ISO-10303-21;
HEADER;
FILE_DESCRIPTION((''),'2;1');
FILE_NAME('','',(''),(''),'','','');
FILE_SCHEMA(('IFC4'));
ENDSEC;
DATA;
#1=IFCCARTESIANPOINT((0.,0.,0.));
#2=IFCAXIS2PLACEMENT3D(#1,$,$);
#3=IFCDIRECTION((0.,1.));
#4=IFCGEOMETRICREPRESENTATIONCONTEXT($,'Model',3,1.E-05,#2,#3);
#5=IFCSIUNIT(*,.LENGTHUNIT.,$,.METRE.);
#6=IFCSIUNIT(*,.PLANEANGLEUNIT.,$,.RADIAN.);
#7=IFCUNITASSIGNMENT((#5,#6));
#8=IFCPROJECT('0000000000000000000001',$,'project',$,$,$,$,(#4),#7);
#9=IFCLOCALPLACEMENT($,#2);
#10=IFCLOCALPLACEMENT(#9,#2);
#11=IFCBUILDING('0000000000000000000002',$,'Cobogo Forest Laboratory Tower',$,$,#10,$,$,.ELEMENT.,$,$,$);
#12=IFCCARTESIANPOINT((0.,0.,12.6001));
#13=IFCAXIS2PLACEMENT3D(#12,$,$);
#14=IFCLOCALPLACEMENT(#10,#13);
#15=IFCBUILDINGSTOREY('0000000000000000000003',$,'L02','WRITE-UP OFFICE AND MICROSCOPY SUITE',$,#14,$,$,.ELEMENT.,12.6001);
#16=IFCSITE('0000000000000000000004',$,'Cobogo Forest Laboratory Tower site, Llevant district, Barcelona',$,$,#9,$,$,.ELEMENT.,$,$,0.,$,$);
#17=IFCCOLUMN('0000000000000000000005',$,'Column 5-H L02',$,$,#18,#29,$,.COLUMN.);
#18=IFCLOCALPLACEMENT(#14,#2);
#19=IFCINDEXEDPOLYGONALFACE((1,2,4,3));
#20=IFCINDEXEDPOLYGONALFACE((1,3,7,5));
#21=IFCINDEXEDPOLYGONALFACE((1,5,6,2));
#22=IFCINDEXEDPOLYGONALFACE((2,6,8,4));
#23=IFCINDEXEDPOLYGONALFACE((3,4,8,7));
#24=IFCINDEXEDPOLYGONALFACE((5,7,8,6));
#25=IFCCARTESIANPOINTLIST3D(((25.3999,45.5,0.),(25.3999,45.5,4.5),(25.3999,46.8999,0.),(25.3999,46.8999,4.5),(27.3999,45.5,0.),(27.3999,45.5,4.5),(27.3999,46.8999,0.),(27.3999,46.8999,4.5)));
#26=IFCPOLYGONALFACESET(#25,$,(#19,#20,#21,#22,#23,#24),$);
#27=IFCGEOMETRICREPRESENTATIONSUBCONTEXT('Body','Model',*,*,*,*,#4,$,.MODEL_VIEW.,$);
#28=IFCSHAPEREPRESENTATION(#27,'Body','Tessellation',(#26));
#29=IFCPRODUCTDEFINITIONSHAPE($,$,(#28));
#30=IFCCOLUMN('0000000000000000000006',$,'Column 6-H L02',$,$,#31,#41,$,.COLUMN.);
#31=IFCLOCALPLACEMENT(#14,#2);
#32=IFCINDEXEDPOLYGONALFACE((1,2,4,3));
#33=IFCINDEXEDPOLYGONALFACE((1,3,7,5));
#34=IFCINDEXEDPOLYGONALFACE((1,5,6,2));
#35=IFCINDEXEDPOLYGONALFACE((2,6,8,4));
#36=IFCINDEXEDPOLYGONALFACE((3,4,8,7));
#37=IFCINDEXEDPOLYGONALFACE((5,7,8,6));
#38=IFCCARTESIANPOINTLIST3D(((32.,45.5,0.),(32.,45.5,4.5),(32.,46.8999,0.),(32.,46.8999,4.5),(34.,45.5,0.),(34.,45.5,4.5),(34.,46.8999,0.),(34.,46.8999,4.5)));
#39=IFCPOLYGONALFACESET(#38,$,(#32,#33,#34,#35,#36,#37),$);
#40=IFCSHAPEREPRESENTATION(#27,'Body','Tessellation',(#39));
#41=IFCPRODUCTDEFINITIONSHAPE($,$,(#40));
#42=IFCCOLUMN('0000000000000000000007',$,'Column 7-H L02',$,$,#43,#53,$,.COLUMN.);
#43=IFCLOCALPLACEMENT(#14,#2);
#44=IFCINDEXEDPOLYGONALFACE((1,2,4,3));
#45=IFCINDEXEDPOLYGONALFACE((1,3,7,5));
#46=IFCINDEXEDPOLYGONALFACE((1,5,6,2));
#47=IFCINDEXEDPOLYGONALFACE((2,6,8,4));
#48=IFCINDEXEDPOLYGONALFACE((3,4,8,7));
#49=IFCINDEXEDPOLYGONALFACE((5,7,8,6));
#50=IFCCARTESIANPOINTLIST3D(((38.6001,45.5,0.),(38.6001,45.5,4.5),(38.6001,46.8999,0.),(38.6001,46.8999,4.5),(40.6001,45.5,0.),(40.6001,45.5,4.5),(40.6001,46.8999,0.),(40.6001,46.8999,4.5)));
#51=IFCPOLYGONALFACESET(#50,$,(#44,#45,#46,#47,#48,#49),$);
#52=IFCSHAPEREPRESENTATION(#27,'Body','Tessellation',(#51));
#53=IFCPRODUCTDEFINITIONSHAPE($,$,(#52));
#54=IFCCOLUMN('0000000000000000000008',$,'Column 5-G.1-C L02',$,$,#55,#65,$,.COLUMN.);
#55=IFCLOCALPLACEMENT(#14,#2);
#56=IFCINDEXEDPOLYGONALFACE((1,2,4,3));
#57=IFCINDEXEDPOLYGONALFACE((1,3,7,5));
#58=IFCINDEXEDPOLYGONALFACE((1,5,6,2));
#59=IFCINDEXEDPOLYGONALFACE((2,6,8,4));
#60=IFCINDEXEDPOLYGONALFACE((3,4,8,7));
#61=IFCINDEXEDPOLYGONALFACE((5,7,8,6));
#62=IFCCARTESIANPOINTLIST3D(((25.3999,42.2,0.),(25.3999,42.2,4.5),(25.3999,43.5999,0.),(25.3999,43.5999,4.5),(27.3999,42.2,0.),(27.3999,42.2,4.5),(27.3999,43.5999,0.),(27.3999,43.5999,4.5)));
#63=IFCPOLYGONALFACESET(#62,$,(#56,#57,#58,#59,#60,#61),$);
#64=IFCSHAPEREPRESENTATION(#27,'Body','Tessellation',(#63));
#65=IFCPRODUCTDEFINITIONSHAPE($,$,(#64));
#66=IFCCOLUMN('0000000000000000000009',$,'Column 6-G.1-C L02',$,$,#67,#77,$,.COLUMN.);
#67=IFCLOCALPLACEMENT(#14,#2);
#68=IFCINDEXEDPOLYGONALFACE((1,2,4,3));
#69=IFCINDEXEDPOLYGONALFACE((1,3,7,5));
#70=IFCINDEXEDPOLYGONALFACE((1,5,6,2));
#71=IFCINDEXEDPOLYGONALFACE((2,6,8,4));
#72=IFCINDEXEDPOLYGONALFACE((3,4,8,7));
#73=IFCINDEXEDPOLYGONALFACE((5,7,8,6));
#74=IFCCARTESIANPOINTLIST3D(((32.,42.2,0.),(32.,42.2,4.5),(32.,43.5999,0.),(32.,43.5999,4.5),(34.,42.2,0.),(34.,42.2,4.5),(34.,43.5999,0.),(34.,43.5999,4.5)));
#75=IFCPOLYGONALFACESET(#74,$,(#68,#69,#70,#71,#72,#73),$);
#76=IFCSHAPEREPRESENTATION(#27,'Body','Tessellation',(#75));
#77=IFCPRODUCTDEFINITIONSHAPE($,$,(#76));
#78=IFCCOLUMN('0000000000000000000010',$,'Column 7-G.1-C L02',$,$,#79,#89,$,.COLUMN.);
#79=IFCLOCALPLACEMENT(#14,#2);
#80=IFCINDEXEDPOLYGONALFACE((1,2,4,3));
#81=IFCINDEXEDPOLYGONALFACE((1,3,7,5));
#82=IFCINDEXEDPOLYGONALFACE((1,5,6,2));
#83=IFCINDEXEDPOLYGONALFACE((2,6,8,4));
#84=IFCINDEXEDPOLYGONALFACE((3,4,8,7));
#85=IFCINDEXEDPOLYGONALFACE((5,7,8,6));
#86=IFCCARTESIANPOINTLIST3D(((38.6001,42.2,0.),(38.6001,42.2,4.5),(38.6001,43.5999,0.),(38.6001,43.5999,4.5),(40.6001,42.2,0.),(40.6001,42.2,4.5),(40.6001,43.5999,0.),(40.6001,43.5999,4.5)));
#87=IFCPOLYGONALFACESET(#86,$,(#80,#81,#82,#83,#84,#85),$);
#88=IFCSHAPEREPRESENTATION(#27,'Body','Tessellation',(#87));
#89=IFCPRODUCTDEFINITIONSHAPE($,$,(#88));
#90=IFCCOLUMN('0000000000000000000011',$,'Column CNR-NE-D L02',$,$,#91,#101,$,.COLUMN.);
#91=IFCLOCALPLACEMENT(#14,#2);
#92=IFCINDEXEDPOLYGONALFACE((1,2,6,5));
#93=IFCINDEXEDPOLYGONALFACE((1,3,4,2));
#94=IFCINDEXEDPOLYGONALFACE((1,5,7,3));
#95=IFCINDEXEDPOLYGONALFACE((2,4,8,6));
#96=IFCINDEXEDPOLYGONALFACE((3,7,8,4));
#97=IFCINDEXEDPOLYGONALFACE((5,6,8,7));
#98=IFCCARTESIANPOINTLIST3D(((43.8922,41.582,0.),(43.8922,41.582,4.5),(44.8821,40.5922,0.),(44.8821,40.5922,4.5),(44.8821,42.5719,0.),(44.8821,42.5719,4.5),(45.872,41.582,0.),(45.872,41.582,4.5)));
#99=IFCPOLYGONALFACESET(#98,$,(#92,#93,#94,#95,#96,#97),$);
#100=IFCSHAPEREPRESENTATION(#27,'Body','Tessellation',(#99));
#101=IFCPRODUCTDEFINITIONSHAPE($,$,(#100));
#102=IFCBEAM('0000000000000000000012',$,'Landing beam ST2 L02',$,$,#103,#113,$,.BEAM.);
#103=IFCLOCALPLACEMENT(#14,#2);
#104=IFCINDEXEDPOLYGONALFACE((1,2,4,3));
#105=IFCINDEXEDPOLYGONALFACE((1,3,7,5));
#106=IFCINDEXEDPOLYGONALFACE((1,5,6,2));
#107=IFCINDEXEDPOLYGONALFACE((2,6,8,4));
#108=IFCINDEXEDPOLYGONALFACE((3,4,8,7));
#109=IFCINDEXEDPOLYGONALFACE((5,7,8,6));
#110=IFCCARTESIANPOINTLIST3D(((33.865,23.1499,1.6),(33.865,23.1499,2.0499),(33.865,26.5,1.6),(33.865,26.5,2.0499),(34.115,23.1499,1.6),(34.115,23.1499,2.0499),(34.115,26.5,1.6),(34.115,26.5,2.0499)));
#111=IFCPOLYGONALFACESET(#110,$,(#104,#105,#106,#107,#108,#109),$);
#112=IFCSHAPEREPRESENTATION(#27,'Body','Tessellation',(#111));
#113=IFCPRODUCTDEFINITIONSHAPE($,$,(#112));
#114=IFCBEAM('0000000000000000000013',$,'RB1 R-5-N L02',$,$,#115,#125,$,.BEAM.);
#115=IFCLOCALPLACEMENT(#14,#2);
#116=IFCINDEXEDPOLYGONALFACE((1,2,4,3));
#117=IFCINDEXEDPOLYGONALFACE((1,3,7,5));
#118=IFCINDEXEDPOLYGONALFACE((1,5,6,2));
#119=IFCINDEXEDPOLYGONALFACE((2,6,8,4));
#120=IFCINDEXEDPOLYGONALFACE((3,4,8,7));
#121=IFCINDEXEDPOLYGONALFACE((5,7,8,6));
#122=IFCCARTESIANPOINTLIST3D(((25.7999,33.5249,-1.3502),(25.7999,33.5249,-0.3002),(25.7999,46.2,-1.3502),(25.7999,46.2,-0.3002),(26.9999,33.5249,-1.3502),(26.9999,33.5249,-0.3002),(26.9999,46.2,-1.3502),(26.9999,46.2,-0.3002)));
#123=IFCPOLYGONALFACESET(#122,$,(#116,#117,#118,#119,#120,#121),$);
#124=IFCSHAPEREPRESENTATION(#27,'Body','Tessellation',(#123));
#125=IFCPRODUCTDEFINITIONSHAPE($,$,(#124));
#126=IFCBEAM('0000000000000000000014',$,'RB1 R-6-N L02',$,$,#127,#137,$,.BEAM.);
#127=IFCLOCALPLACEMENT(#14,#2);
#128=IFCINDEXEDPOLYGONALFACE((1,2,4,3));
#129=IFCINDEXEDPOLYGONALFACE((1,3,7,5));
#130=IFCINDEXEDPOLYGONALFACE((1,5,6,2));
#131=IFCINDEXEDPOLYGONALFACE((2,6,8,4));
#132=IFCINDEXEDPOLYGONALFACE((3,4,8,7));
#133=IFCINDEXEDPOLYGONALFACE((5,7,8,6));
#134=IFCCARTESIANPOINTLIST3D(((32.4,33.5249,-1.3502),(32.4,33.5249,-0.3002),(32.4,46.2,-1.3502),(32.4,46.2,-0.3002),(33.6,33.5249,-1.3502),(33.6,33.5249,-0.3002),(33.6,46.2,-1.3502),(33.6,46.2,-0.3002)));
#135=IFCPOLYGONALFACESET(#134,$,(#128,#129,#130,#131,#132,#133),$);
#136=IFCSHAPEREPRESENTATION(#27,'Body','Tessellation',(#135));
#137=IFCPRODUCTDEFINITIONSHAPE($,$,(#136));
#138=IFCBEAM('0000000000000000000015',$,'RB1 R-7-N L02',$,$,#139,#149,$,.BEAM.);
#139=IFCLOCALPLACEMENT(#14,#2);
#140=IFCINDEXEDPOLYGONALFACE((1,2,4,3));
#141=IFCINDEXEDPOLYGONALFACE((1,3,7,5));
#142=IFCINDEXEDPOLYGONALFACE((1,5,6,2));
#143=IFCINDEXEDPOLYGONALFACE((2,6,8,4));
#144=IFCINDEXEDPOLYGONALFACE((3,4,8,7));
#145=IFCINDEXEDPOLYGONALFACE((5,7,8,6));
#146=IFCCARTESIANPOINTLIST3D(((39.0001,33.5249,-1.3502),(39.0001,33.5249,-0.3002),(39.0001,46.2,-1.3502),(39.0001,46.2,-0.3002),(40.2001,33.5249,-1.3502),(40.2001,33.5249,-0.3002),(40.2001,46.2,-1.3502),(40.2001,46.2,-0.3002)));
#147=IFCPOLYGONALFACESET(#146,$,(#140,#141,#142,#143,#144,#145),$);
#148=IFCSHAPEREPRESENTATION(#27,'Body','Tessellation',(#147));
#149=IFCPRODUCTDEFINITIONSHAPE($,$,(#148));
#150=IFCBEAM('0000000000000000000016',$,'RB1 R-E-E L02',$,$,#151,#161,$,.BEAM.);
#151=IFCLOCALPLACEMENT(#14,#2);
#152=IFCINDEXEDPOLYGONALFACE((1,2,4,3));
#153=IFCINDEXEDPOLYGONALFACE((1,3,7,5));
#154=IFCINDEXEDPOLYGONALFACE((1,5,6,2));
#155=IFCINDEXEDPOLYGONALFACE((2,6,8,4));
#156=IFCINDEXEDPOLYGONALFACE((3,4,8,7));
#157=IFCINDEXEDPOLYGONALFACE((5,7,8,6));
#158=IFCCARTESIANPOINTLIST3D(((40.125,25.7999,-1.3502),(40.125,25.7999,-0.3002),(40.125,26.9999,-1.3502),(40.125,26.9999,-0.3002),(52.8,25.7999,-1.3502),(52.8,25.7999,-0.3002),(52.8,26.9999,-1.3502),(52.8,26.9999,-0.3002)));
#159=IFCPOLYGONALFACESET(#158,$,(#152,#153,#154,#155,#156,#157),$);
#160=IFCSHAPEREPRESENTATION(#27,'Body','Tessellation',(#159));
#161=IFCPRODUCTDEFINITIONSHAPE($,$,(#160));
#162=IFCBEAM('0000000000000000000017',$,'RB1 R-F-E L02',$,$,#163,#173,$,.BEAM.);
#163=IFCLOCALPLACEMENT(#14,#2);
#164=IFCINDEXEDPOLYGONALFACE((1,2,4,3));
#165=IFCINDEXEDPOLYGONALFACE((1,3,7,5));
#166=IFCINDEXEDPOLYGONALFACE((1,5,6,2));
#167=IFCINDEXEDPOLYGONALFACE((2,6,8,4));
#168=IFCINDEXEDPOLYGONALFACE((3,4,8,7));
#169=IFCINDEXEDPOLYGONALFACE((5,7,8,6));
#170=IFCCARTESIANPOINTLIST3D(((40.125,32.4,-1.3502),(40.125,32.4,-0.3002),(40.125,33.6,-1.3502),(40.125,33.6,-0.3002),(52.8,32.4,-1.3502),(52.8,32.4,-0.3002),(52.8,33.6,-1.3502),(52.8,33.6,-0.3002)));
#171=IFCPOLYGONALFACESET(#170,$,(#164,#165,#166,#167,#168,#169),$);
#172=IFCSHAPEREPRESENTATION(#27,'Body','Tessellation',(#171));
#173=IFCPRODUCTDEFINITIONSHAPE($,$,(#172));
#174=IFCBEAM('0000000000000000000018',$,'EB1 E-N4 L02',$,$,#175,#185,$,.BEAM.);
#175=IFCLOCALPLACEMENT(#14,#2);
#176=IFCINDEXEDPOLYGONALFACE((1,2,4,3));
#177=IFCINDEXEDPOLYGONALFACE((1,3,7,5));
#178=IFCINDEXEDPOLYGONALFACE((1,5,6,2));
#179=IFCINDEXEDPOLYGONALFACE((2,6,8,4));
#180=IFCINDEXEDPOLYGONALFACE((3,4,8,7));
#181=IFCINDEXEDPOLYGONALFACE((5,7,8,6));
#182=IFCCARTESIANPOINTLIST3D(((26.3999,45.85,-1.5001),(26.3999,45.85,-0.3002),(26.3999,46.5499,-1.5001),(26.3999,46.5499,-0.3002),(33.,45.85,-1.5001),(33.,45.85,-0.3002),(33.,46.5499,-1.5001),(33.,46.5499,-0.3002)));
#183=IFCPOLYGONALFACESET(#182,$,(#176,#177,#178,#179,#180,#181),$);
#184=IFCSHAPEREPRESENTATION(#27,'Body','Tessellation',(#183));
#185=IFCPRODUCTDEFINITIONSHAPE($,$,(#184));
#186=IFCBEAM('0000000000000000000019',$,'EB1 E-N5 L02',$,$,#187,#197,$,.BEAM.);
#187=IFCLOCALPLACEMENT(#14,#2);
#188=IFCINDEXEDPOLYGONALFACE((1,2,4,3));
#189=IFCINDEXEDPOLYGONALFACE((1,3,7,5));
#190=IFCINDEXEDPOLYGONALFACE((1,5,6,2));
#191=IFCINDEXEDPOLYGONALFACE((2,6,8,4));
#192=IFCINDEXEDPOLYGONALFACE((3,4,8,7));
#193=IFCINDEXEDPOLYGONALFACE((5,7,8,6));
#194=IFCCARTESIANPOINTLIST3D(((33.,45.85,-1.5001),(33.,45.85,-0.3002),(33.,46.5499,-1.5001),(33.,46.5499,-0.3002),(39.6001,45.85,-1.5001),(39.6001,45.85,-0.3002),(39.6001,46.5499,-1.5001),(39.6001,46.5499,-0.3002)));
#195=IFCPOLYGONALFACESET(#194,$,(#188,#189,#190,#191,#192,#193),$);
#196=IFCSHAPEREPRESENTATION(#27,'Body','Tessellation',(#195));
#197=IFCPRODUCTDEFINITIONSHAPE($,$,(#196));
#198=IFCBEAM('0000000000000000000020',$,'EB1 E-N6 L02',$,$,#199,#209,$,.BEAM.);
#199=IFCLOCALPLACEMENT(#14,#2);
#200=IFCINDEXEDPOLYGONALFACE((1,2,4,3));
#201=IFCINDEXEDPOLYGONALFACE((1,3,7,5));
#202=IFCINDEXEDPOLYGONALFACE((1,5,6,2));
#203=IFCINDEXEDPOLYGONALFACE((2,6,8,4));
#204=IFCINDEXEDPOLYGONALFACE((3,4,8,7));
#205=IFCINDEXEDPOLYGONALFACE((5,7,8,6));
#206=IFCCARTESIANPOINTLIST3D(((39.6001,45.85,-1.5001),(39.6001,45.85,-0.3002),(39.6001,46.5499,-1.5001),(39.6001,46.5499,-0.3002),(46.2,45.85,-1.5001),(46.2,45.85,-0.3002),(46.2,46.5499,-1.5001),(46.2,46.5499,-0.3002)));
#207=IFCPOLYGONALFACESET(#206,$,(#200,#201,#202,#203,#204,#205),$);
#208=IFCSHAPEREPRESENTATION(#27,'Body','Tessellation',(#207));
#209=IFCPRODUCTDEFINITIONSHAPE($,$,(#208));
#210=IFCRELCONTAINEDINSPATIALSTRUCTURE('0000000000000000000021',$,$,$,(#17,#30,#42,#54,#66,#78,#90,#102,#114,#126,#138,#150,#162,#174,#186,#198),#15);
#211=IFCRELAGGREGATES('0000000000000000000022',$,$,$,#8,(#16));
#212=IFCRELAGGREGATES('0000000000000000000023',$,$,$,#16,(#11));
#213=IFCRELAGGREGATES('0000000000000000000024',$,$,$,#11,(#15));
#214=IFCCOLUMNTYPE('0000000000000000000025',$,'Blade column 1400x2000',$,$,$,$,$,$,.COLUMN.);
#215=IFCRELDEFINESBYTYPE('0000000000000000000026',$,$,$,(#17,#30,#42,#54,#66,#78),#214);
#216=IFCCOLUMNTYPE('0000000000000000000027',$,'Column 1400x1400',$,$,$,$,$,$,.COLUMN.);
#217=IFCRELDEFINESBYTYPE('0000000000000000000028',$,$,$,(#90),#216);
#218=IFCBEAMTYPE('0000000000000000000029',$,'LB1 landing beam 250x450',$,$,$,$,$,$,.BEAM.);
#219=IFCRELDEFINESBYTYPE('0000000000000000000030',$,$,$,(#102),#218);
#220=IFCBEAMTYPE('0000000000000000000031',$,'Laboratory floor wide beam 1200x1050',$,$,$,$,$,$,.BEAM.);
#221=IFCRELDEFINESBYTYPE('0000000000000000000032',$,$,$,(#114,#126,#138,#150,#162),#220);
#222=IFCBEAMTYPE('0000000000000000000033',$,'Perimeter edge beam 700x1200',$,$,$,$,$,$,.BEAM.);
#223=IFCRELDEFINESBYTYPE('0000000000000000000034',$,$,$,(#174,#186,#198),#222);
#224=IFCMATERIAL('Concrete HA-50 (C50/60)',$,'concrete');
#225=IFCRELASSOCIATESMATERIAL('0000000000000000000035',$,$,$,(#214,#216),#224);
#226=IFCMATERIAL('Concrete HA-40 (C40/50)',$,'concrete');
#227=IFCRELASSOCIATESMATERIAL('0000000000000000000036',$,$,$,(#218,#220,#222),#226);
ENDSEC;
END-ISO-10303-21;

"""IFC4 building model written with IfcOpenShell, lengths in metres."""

from ifc_helpers import new_model, si_unit, direction, frame, origin, origin_2d, place, context, subcontext, project, spatial, rectangle, extrude, material, material_profile, profile_set, type_object, element, save


model = new_model("IFC4")

# Units and contexts
model_context = context("Model", 3, precision=1e-05, world=origin(), true_north=direction((0.0, 1.0)))
body_context = subcontext(model_context, "Body", "Model", "MODEL_VIEW")
ifc_project = project(units=[si_unit("LENGTHUNIT", "METRE"), si_unit("PLANEANGLEUNIT", "RADIAN")], contexts=[model_context])

# Site, building, storey
site_placement = place(None, origin())
site = spatial("IfcSite", under=ifc_project, at=site_placement, Name="Cobogo Forest Laboratory Tower site, Llevant district, Barcelona", CompositionType="ELEMENT", RefElevation=0.0)
building_placement = place(site_placement, origin())
building = spatial("IfcBuilding", under=site, at=building_placement, Name="Cobogo Forest Laboratory Tower", CompositionType="ELEMENT")
storey_placement = place(building_placement, frame((0.0, 0.0, 12.6001)))
storey = spatial("IfcBuildingStorey", under=building, at=storey_placement, Name="L02", Description="WRITE-UP OFFICE AND MICROSCOPY SUITE", CompositionType="ELEMENT", Elevation=12.6001)

# Columns
ifc_material_1 = material(Name="Concrete HA-50 (C50/60)", Category="concrete")
ifc_material_profile_1 = material_profile(ifc_material_1, rectangle(XDim=2.0, YDim=1.3999, at=origin_2d()), Name="RC 1400x2000")
ifc_profile_set_1 = profile_set([ifc_material_profile_1], Name="Concrete HA-50 (C50/60)")
column_type_1 = type_object("IfcColumnType", Name="Blade column 1400x2000", PredefinedType="COLUMN", material=ifc_profile_set_1)
for number, where, z_axis, x_axis, name in (
    (1, (26.3999, 46.2, 0.0), (0.0, 0.0, 1.0), (1.0, 0.0, 0.0), "Column 5-H L02"),
    (2, (33.0, 46.2, 0.0), (0.0, 0.0, 1.0), (1.0, 0.0, 0.0), "Column 6-H L02"),
    (3, (39.6001, 46.2, 0.0), (0.0, 0.0, 1.0), (1.0, 0.0, 0.0), "Column 7-H L02"),
    (4, (26.3999, 42.8999, 0.0), (0.0, 0.0, 1.0), (1.0, 0.0, 0.0), "Column 5-G.1-C L02"),
    (5, (33.0, 42.8999, 0.0), (0.0, 0.0, 1.0), (1.0, 0.0, 0.0), "Column 6-G.1-C L02"),
    (6, (39.6001, 42.8999, 0.0), (0.0, 0.0, 1.0), (1.0, 0.0, 0.0), "Column 7-G.1-C L02"),
):
    element("IfcColumn", number, at=place(storey_placement, frame(where, z_axis=z_axis, x_axis=x_axis)), inside=storey, type_object=column_type_1, Name=name, PredefinedType="COLUMN", context=body_context, shape_type="SweptSolid", body=[
        extrude(rectangle(XDim=2.0, YDim=1.3999, at=origin_2d()), origin(), (0.0, 0.0, 1.0), 4.5),
    ])
ifc_material_profile_2 = material_profile(ifc_material_1, rectangle(XDim=1.3999, YDim=1.3999, at=origin_2d()), Name="RC 1400x1400")
ifc_profile_set_2 = profile_set([ifc_material_profile_2], Name="Concrete HA-50 (C50/60)")
column_type_2 = type_object("IfcColumnType", Name="Column 1400x1400", PredefinedType="COLUMN", material=ifc_profile_set_2)
column_placement = place(storey_placement, frame((44.8821, 41.582, 0.0), z_axis=(0.0, 0.0, 1.0), x_axis=(0.707107, 0.707107, 0.0)))
element("IfcColumn", 7, at=column_placement, inside=storey, type_object=column_type_2, Name="Column CNR-NE-D L02", PredefinedType="COLUMN", context=body_context, shape_type="SweptSolid", body=[
    extrude(rectangle(XDim=1.3999, YDim=1.3999, at=origin_2d()), origin(), (0.0, 0.0, 1.0), 4.5),
])

# Beams
ifc_material_2 = material(Name="Concrete HA-40 (C40/50)", Category="concrete")
ifc_material_profile_3 = material_profile(ifc_material_2, rectangle(XDim=0.25, YDim=0.45, at=origin_2d()), Name="RC 250x450")
ifc_profile_set_3 = profile_set([ifc_material_profile_3], Name="Concrete HA-40 (C40/50)")
beam_type_1 = type_object("IfcBeamType", Name="LB1 landing beam 250x450", PredefinedType="BEAM", material=ifc_profile_set_3)
beam_1_placement = place(storey_placement, frame((33.99, 23.1499, 1.825), z_axis=(0.0, 1.0, 0.0), x_axis=(-1.0, 0.0, 0.0)))
element("IfcBeam", 8, at=beam_1_placement, inside=storey, type_object=beam_type_1, Name="Landing beam ST2 L02", PredefinedType="BEAM", context=body_context, shape_type="SweptSolid", body=[
    extrude(rectangle(XDim=0.25, YDim=0.45, at=origin_2d()), origin(), (0.0, 0.0, 1.0), 3.3501),
])
ifc_material_profile_4 = material_profile(ifc_material_2, rectangle(XDim=1.2, YDim=1.05, at=origin_2d()), Name="RC 1200x1050")
ifc_profile_set_4 = profile_set([ifc_material_profile_4], Name="Concrete HA-40 (C40/50)")
beam_type_2 = type_object("IfcBeamType", Name="Laboratory floor wide beam 1200x1050", PredefinedType="BEAM", material=ifc_profile_set_4)
for number, where, z_axis, x_axis, name in (
    (9, (26.3999, 33.5249, -0.8252), (0.0, 1.0, 0.0), (-1.0, 0.0, 0.0), "RB1 R-5-N L02"),
    (10, (33.0, 33.5249, -0.8252), (0.0, 1.0, 0.0), (-1.0, 0.0, 0.0), "RB1 R-6-N L02"),
    (11, (39.6001, 33.5249, -0.8252), (0.0, 1.0, 0.0), (-1.0, 0.0, 0.0), "RB1 R-7-N L02"),
    (12, (40.125, 26.3999, -0.8252), (1.0, 0.0, 0.0), (0.0, 1.0, 0.0), "RB1 R-E-E L02"),
    (13, (40.125, 33.0, -0.8252), (1.0, 0.0, 0.0), (0.0, 1.0, 0.0), "RB1 R-F-E L02"),
):
    element("IfcBeam", number, at=place(storey_placement, frame(where, z_axis=z_axis, x_axis=x_axis)), inside=storey, type_object=beam_type_2, Name=name, PredefinedType="BEAM", context=body_context, shape_type="SweptSolid", body=[
        extrude(rectangle(XDim=1.2, YDim=1.05, at=origin_2d()), origin(), (0.0, 0.0, 1.0), 12.675),
    ])
ifc_material_profile_5 = material_profile(ifc_material_2, rectangle(XDim=0.7, YDim=1.2, at=origin_2d()), Name="RC 700x1200")
ifc_profile_set_5 = profile_set([ifc_material_profile_5], Name="Concrete HA-40 (C40/50)")
beam_type_3 = type_object("IfcBeamType", Name="Perimeter edge beam 700x1200", PredefinedType="BEAM", material=ifc_profile_set_5)
for number, where, z_axis, x_axis, name in (
    (14, (26.3999, 46.2, -0.9001), (1.0, 0.0, 0.0), (0.0, 1.0, 0.0), "EB1 E-N4 L02"),
    (15, (33.0, 46.2, -0.9001), (1.0, 0.0, 0.0), (0.0, 1.0, 0.0), "EB1 E-N5 L02"),
):
    element("IfcBeam", number, at=place(storey_placement, frame(where, z_axis=z_axis, x_axis=x_axis)), inside=storey, type_object=beam_type_3, Name=name, PredefinedType="BEAM", context=body_context, shape_type="SweptSolid", body=[
        extrude(rectangle(XDim=0.7, YDim=1.2, at=origin_2d()), origin(), (0.0, 0.0, 1.0), 6.6001),
    ])
beam_2_placement = place(storey_placement, frame((39.6001, 46.2, -0.9001), z_axis=(1.0, 0.0, 0.0), x_axis=(0.0, 1.0, 0.0)))
element("IfcBeam", 16, at=beam_2_placement, inside=storey, type_object=beam_type_3, Name="EB1 E-N6 L02", PredefinedType="BEAM", context=body_context, shape_type="SweptSolid", body=[
    extrude(rectangle(XDim=0.7, YDim=1.2, at=origin_2d()), origin(), (0.0, 0.0, 1.0), 6.5999),
])

save(model, "model.ifc")
